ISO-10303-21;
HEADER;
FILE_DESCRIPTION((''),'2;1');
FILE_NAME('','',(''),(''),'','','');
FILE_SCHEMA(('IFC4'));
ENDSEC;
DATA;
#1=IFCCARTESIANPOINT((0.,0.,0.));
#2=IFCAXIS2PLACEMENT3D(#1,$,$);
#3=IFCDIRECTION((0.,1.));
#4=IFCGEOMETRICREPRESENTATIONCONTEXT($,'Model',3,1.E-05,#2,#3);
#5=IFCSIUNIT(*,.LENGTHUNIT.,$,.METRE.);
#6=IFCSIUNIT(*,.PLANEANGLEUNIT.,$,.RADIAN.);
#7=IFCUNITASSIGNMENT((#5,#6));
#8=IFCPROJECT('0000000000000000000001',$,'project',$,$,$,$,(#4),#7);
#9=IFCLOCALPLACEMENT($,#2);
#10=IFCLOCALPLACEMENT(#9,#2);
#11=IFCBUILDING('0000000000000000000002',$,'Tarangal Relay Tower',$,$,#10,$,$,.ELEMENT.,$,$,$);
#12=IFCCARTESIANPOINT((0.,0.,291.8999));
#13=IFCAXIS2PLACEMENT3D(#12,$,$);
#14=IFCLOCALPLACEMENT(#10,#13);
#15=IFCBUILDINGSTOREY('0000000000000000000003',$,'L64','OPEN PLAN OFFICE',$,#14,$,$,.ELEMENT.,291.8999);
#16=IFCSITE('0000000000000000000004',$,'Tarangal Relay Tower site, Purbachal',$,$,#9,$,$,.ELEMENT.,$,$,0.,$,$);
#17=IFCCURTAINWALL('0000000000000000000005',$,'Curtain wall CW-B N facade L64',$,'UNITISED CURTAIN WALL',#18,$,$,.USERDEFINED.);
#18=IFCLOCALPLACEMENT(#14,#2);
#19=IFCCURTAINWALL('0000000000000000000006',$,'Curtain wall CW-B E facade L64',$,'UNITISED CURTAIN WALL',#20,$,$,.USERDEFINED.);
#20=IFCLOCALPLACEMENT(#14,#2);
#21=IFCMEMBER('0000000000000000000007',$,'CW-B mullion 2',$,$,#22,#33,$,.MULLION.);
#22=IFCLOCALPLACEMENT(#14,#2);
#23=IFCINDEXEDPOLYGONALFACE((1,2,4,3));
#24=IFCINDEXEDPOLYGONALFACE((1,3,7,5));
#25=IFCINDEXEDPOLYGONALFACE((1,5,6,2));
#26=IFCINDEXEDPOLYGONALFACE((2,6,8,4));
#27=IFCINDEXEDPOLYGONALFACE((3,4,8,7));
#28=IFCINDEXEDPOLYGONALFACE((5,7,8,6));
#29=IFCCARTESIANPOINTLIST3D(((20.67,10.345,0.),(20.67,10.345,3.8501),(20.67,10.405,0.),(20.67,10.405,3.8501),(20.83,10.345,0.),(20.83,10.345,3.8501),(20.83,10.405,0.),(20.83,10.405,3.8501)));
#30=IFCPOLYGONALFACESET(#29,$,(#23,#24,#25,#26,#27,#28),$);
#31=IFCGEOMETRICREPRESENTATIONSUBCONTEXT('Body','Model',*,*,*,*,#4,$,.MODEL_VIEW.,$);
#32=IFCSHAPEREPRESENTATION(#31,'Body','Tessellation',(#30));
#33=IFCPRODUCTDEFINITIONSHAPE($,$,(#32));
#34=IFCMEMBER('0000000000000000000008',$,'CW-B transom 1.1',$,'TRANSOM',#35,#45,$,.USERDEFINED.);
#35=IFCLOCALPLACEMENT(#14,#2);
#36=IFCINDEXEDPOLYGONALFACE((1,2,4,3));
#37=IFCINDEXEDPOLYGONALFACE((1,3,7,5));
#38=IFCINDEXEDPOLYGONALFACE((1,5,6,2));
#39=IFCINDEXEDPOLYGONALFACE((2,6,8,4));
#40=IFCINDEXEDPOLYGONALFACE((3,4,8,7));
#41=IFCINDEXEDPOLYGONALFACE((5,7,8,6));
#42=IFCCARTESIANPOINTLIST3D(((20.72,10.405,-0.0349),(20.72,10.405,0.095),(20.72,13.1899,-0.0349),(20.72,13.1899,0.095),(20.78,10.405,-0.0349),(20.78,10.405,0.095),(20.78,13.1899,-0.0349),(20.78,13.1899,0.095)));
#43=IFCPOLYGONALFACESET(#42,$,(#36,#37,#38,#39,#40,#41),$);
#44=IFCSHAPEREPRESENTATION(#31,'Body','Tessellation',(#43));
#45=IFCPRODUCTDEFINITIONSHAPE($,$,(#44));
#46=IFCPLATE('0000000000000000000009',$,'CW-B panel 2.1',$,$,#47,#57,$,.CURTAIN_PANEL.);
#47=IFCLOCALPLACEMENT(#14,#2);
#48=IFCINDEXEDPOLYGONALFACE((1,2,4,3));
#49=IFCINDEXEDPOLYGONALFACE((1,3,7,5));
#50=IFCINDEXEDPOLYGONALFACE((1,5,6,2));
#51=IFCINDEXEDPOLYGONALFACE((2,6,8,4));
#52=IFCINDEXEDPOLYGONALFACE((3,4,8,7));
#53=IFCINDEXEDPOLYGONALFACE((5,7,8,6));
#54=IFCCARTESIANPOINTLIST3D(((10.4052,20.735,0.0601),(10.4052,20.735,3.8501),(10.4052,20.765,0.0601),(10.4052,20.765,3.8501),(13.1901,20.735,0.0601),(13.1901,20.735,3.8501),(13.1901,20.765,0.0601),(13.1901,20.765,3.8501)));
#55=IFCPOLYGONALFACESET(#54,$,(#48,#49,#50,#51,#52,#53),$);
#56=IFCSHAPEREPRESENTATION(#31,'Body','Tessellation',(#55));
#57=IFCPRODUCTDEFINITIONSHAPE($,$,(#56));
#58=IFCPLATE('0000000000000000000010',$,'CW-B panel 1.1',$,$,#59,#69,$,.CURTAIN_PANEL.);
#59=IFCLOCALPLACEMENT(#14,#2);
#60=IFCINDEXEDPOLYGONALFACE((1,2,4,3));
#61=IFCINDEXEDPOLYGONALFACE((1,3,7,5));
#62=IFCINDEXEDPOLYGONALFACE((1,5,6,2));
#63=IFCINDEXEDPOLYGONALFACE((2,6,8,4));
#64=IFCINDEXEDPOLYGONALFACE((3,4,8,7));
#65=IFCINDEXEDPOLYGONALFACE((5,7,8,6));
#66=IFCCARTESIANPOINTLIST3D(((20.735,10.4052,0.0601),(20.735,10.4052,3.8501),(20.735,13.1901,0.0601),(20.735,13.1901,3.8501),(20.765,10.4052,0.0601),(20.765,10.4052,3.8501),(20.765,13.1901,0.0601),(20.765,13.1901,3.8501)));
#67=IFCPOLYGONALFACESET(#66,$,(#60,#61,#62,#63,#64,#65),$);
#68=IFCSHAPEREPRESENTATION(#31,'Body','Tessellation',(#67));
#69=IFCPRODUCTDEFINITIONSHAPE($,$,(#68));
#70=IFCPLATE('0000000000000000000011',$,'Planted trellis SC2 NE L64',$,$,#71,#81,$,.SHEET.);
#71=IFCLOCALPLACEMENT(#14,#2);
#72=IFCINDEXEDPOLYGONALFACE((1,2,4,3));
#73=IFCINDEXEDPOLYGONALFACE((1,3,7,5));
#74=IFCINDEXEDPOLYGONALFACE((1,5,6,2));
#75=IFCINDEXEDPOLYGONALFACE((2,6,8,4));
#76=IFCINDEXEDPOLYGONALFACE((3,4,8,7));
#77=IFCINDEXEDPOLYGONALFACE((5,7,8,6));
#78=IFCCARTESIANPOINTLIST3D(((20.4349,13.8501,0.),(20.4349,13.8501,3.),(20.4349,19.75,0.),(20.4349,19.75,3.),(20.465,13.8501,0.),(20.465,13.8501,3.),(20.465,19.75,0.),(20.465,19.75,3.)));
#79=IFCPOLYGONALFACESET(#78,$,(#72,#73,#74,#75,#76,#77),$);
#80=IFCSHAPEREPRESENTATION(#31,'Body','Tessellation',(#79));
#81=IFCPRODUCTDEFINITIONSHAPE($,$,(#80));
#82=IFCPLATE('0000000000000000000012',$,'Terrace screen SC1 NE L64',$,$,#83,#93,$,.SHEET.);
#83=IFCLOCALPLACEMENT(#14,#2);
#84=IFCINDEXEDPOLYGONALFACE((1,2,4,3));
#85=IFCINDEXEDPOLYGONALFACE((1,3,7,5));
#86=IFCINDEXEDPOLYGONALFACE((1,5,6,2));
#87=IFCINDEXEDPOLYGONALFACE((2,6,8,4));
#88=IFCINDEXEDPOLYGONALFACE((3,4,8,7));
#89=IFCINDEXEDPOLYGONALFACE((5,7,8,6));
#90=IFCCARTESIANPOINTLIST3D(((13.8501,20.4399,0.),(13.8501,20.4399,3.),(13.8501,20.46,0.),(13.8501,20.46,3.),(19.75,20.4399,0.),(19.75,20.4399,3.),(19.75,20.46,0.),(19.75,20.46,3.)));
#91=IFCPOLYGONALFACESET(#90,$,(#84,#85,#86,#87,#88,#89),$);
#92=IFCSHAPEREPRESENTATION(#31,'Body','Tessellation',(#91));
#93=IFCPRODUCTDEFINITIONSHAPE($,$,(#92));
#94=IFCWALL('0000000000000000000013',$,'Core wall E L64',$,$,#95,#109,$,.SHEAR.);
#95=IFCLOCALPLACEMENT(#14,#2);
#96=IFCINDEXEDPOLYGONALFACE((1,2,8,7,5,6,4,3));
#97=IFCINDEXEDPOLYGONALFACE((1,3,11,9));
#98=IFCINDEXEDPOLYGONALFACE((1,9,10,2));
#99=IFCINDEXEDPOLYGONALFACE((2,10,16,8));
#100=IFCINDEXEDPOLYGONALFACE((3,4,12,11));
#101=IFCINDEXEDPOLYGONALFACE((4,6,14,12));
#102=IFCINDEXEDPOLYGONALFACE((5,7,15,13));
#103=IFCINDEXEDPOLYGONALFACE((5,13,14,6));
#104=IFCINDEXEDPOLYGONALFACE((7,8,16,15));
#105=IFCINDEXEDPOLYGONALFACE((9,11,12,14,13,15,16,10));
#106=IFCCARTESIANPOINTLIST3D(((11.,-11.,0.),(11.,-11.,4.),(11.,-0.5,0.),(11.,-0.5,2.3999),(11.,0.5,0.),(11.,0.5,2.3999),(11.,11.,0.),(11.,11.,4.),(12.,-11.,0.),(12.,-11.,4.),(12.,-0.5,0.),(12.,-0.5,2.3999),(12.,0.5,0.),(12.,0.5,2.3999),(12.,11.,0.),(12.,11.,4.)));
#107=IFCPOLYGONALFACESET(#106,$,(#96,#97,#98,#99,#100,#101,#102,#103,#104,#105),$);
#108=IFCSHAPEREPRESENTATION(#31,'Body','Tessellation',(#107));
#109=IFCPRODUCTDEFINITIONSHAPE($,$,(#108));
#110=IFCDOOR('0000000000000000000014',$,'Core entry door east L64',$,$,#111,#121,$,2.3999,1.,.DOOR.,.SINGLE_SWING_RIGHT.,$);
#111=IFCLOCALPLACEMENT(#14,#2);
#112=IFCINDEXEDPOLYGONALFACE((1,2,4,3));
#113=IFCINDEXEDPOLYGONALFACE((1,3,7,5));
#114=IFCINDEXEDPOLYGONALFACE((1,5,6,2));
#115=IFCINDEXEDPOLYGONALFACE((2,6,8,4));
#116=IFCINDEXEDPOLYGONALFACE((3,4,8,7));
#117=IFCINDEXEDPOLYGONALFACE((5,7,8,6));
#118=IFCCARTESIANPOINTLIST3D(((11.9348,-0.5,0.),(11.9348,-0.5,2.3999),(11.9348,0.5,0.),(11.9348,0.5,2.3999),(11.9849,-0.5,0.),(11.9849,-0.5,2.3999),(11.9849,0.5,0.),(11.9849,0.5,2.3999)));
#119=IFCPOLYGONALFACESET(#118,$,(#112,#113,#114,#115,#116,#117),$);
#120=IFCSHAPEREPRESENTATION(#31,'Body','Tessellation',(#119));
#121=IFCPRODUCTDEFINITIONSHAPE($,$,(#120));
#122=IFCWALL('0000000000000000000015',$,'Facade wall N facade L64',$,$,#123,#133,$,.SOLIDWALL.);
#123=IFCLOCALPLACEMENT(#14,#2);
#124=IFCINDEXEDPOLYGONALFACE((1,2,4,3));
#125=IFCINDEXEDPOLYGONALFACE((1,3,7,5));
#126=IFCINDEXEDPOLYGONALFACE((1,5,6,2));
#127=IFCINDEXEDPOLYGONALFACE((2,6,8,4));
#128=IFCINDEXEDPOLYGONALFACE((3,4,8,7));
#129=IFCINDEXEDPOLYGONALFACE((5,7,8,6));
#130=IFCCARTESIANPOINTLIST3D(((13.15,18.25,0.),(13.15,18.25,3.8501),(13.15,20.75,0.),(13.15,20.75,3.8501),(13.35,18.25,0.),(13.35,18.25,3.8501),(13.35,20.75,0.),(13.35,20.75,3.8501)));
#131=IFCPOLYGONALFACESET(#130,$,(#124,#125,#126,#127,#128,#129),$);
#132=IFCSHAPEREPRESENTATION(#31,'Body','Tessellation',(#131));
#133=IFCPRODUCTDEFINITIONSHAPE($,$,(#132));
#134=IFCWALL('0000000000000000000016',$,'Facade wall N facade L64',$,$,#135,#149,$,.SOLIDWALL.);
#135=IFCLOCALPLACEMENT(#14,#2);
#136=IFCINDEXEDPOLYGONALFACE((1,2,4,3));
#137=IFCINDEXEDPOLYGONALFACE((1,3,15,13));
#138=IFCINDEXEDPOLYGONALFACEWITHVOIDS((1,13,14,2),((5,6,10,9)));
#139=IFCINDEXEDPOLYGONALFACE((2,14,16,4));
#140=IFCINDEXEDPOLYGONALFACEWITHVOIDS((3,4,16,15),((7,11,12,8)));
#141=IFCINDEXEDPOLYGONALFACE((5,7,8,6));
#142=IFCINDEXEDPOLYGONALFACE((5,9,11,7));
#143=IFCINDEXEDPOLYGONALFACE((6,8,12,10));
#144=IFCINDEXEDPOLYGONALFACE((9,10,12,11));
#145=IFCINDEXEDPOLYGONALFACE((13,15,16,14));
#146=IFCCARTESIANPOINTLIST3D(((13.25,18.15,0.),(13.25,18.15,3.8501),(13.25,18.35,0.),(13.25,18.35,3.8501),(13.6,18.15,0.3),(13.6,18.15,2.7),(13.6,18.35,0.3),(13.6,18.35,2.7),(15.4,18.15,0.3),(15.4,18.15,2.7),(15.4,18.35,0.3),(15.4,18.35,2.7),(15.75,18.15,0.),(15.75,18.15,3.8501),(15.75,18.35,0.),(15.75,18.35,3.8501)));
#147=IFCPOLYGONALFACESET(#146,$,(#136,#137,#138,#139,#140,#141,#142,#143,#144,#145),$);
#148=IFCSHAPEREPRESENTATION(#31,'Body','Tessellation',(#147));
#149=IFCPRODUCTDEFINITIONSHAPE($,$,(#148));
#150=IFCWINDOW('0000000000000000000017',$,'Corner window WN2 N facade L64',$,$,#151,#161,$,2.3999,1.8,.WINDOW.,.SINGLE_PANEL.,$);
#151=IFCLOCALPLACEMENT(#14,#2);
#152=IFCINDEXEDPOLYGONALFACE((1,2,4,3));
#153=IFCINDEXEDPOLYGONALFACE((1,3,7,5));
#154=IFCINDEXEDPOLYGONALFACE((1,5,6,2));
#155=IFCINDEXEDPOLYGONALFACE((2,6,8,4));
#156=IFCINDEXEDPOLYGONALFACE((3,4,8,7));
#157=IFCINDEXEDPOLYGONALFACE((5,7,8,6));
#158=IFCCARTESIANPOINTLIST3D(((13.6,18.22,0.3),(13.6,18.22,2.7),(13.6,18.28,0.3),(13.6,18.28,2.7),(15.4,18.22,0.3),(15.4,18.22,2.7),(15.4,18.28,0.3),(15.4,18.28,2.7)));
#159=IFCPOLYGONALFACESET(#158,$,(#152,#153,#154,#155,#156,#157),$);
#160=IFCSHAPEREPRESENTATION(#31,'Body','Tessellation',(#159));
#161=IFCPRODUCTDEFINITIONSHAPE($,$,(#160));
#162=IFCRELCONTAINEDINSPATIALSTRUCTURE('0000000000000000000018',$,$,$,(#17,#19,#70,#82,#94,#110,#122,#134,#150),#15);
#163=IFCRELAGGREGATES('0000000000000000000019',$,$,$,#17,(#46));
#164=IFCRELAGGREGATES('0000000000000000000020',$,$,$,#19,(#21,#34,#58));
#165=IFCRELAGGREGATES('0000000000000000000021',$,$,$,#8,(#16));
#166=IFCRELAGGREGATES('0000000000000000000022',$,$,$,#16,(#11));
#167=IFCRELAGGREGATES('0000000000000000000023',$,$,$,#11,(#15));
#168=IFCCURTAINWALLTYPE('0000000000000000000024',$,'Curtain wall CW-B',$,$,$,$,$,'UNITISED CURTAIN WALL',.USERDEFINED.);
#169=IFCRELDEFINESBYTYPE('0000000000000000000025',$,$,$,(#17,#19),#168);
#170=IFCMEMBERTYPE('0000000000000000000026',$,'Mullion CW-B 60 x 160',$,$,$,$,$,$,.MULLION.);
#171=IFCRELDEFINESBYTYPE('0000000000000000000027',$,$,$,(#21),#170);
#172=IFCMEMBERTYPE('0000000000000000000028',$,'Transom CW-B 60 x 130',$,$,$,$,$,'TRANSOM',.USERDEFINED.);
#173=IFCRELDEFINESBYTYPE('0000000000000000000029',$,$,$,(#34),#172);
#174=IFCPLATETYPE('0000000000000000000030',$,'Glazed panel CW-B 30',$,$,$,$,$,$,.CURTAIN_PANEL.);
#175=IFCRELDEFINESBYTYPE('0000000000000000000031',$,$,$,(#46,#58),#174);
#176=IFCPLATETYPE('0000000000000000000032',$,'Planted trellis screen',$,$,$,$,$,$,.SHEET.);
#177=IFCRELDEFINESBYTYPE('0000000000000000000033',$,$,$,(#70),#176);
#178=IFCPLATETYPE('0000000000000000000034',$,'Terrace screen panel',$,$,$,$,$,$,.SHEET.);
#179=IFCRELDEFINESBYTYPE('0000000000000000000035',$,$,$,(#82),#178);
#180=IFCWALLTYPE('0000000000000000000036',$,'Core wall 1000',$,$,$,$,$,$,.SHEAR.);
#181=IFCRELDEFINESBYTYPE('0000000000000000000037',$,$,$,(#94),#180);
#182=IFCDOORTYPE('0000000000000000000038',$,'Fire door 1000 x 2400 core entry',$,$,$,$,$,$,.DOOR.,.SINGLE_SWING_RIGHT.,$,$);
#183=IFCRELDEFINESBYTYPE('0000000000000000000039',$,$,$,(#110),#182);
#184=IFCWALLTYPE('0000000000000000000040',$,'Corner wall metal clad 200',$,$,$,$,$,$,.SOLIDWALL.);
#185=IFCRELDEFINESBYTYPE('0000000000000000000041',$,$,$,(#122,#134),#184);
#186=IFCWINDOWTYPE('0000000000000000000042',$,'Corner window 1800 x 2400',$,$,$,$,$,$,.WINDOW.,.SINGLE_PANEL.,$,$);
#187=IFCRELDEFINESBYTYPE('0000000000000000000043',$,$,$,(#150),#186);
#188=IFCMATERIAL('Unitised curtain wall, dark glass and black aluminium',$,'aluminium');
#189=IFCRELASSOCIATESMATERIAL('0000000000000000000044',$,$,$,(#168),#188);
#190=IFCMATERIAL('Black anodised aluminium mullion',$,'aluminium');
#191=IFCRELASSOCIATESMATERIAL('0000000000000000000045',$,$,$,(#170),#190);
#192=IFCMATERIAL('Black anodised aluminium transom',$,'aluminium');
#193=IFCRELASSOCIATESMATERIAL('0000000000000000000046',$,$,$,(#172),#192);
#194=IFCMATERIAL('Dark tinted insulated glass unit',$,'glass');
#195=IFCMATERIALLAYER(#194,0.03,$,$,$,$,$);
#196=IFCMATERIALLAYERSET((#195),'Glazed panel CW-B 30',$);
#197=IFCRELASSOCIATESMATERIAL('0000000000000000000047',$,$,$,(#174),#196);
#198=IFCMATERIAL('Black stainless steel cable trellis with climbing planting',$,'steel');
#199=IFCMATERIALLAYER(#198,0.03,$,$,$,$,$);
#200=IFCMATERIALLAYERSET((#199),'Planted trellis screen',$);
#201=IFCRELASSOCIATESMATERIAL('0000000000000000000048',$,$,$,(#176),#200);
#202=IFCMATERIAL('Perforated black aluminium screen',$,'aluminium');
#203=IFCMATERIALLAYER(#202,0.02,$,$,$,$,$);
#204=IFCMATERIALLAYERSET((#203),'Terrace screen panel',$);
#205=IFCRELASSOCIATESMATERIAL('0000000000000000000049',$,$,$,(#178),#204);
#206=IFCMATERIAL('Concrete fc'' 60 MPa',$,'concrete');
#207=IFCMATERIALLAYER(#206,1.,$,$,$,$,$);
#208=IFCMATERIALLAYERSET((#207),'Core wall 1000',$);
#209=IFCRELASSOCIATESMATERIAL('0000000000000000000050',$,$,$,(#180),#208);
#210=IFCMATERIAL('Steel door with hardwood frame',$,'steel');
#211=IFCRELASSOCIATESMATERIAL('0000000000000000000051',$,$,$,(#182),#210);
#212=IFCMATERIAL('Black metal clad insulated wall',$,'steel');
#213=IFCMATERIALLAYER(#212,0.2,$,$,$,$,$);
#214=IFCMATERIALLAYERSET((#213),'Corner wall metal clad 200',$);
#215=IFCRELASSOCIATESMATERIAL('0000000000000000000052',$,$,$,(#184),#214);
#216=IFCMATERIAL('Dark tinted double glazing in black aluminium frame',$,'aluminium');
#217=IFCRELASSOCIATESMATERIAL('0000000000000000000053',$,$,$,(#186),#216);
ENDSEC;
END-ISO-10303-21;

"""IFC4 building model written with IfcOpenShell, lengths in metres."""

from ifc_helpers import new_model, si_unit, direction, frame, frame_2d, origin, origin_2d, place, context, subcontext, project, spatial, rectangle, extrude, material, layer, layer_set, material_profile, profile_set, type_object, element, fill, aggregate, save


model = new_model("IFC4")

# Units and contexts
model_context = context("Model", 3, precision=1e-05, world=origin(), true_north=direction((0.0, 1.0)))
body_context = subcontext(model_context, "Body", "Model", "MODEL_VIEW")
ifc_project = project(units=[si_unit("LENGTHUNIT", "METRE"), si_unit("PLANEANGLEUNIT", "RADIAN")], contexts=[model_context])

# Site, building, storey
site_placement = place(None, origin())
site = spatial("IfcSite", under=ifc_project, at=site_placement, Name="Tarangal Relay Tower site, Purbachal", CompositionType="ELEMENT", RefElevation=0.0)
building_placement = place(site_placement, origin())
building = spatial("IfcBuilding", under=site, at=building_placement, Name="Tarangal Relay Tower", CompositionType="ELEMENT")
storey_placement = place(building_placement, frame((0.0, 0.0, 291.8999)))
storey = spatial("IfcBuildingStorey", under=building, at=storey_placement, Name="L64", Description="OPEN PLAN OFFICE", CompositionType="ELEMENT", Elevation=291.8999)

# Curtain wall
ifc_material_1 = material(Name="Unitised curtain wall, dark glass and black aluminium", Category="aluminium")
curtain_wall_type = type_object("IfcCurtainWallType", Name="Curtain wall CW-B", ElementType="UNITISED CURTAIN WALL", PredefinedType="USERDEFINED", material=ifc_material_1)
curtain_wall_1_placement = place(storey_placement, origin())
curtain_wall_1 = element("IfcCurtainWall", 1, at=curtain_wall_1_placement, inside=storey, type_object=curtain_wall_type, Name="Curtain wall CW-B N facade L64", ObjectType="UNITISED CURTAIN WALL", PredefinedType="USERDEFINED")
ifc_material_2 = material(Name="Black anodised aluminium mullion", Category="aluminium")
ifc_material_profile_1 = material_profile(ifc_material_2, rectangle(XDim=0.1599, YDim=0.0601, at=origin_2d()), Name="CW-BM 60X160")
ifc_profile_set_1 = profile_set([ifc_material_profile_1], Name="Black anodised aluminium mullion")
member_type_1 = type_object("IfcMemberType", Name="Mullion CW-B 60 x 160", PredefinedType="MULLION", material=ifc_profile_set_1)

# Curtain wall, members
curtain_wall_2_placement = place(storey_placement, origin())
curtain_wall_2 = element("IfcCurtainWall", 2, at=curtain_wall_2_placement, inside=storey, type_object=curtain_wall_type, Name="Curtain wall CW-B E facade L64", ObjectType="UNITISED CURTAIN WALL", PredefinedType="USERDEFINED")
member_1_placement = place(storey_placement, frame((20.75, 10.375, 0.0), z_axis=(0.0, 0.0, 1.0), x_axis=(1.0, 0.0, 0.0)))
member_1 = element("IfcMember", 3, at=member_1_placement, type_object=member_type_1, Name="CW-B mullion 2", PredefinedType="MULLION", context=body_context, shape_type="SweptSolid", body=[
    extrude(rectangle(XDim=0.1599, YDim=0.0601, at=origin_2d()), origin(), (0.0, 0.0, 1.0), 3.8501),
])
ifc_material_3 = material(Name="Black anodised aluminium transom", Category="aluminium")
ifc_material_profile_2 = material_profile(ifc_material_3, rectangle(XDim=0.0601, YDim=0.1299, at=origin_2d()), Name="CW-BT 60X130")
ifc_profile_set_2 = profile_set([ifc_material_profile_2], Name="Black anodised aluminium transom")
member_type_2 = type_object("IfcMemberType", Name="Transom CW-B 60 x 130", ElementType="TRANSOM", PredefinedType="USERDEFINED", material=ifc_profile_set_2)
member_2_placement = place(storey_placement, frame((20.75, 13.1899, 0.03), z_axis=(0.0, -1.0, 0.0), x_axis=(1.0, 0.0, 0.0)))
member_2 = element("IfcMember", 4, at=member_2_placement, type_object=member_type_2, Name="CW-B transom 1.1", ObjectType="TRANSOM", PredefinedType="USERDEFINED", context=body_context, shape_type="SweptSolid", body=[
    extrude(rectangle(XDim=0.0601, YDim=0.1299, at=origin_2d()), origin(), (0.0, 0.0, 1.0), 2.7849),
])

# Plates
ifc_material_4 = material(Name="Dark tinted insulated glass unit", Category="glass")
ifc_layer_1 = layer(ifc_material_4, 0.03)
ifc_layer_set_1 = layer_set([ifc_layer_1], Name="Glazed panel CW-B 30")
plate_type_1 = type_object("IfcPlateType", Name="Glazed panel CW-B 30", PredefinedType="CURTAIN_PANEL", material=ifc_layer_set_1)
plate_1_placement = place(storey_placement, frame((11.7976, 20.75, 0.0601), z_axis=(0.0, 0.0, 1.0), x_axis=(1.0, 0.0, 0.0)))
plate_1 = element("IfcPlate", 5, at=plate_1_placement, type_object=plate_type_1, Name="CW-B panel 2.1", PredefinedType="CURTAIN_PANEL", context=body_context, shape_type="SweptSolid", body=[
    extrude(rectangle(XDim=2.7849, YDim=0.03, at=origin_2d()), origin(), (0.0, 0.0, 1.0), 3.79),
])
aggregate(curtain_wall_1, [plate_1])
plate_2_placement = place(storey_placement, frame((20.75, 11.7976, 0.0601), z_axis=(0.0, 0.0, 1.0), x_axis=(0.0, -1.0, 0.0)))
plate_2 = element("IfcPlate", 6, at=plate_2_placement, type_object=plate_type_1, Name="CW-B panel 1.1", PredefinedType="CURTAIN_PANEL", context=body_context, shape_type="SweptSolid", body=[
    extrude(rectangle(XDim=2.7849, YDim=0.03, at=origin_2d()), origin(), (0.0, 0.0, 1.0), 3.79),
])
aggregate(curtain_wall_2, [member_1, member_2, plate_2])

# Plates
ifc_material_5 = material(Name="Black stainless steel cable trellis with climbing planting", Category="steel")
ifc_layer_2 = layer(ifc_material_5, 0.03)
ifc_layer_set_2 = layer_set([ifc_layer_2], Name="Planted trellis screen")
plate_type_2 = type_object("IfcPlateType", Name="Planted trellis screen", PredefinedType="SHEET", material=ifc_layer_set_2)
plate_3_placement = place(storey_placement, frame((20.45, 16.8, 0.0), z_axis=(0.0, 0.0, 1.0), x_axis=(0.0, -1.0, 0.0)))
element("IfcPlate", 7, at=plate_3_placement, inside=storey, type_object=plate_type_2, Name="Planted trellis SC2 NE L64", PredefinedType="SHEET", context=body_context, shape_type="SweptSolid", body=[
    extrude(rectangle(XDim=5.8999, YDim=0.03, at=origin_2d()), origin(), (0.0, 0.0, 1.0), 3.0),
])
ifc_material_6 = material(Name="Perforated black aluminium screen", Category="aluminium")
ifc_layer_3 = layer(ifc_material_6, 0.02)
ifc_layer_set_3 = layer_set([ifc_layer_3], Name="Terrace screen panel")
plate_type_3 = type_object("IfcPlateType", Name="Terrace screen panel", PredefinedType="SHEET", material=ifc_layer_set_3)
plate_4_placement = place(storey_placement, frame((16.8, 20.45, 0.0), z_axis=(0.0, 0.0, 1.0), x_axis=(1.0, 0.0, 0.0)))
element("IfcPlate", 8, at=plate_4_placement, inside=storey, type_object=plate_type_3, Name="Terrace screen SC1 NE L64", PredefinedType="SHEET", context=body_context, shape_type="SweptSolid", body=[
    extrude(rectangle(XDim=5.8999, YDim=0.02, at=origin_2d()), origin(), (0.0, 0.0, 1.0), 3.0),
])

# Wall, opening, door
ifc_material_7 = material(Name="Concrete fc' 60 MPa", Category="concrete")
ifc_layer_4 = layer(ifc_material_7, 1.0)
ifc_layer_set_4 = layer_set([ifc_layer_4], Name="Core wall 1000")
wall_type_1 = type_object("IfcWallType", Name="Core wall 1000", PredefinedType="SHEAR", material=ifc_layer_set_4)
wall_1_placement = place(storey_placement, frame((11.5, 11.0, 0.0), z_axis=(0.0, 0.0, 1.0), x_axis=(0.0, -1.0, 0.0)))
wall_1 = element("IfcWall", 9, at=wall_1_placement, inside=storey, type_object=wall_type_1, Name="Core wall E L64", PredefinedType="SHEAR", context=body_context, shape_type="SweptSolid", body=[
    extrude(rectangle(XDim=22.0, YDim=1.0, at=frame_2d((11.0, 0.0))), origin(), (0.0, 0.0, 1.0), 4.0),
])
opening_1_placement = place(wall_1_placement, frame((10.5, 0.0, 0.0)))
opening_1 = element("IfcOpeningElement", 10, at=opening_1_placement, cuts=wall_1, PredefinedType="OPENING", context=body_context, shape_type="SweptSolid", body=[
    extrude(rectangle(XDim=1.0, YDim=2.3999, at=frame_2d((0.5, 1.2))), frame((0.0, 0.51, 0.0), z_axis=(0.0, -1.0, 0.0), x_axis=(1.0, 0.0, 0.0)), (0.0, 0.0, 1.0), 1.02),
])
ifc_material_8 = material(Name="Steel door with hardwood frame", Category="steel")
door_type_1 = type_object("IfcDoorType", Name="Fire door 1000 x 2400 core entry", OperationType="SINGLE_SWING_RIGHT", PredefinedType="DOOR", material=ifc_material_8)
door_1_placement = place(opening_1_placement, origin())
door_1 = element("IfcDoor", 11, at=door_1_placement, inside=storey, type_object=door_type_1, Name="Core entry door east L64", OperationType="SINGLE_SWING_RIGHT", OverallHeight=2.3999, OverallWidth=1.0, PredefinedType="DOOR", context=body_context, shape_type="SweptSolid", body=[
    extrude(rectangle(XDim=1.0, YDim=2.3999, at=frame_2d((0.5, 1.2))), frame((0.0, 0.4849, 0.0), z_axis=(0.0, -1.0, 0.0), x_axis=(1.0, 0.0, 0.0)), (0.0, 0.0, 1.0), 0.05),
])
fill(opening_1, door_1)

# Wall
ifc_material_9 = material(Name="Black metal clad insulated wall", Category="steel")
ifc_layer_5 = layer(ifc_material_9, 0.2)
ifc_layer_set_5 = layer_set([ifc_layer_5], Name="Corner wall metal clad 200")
wall_type_2 = type_object("IfcWallType", Name="Corner wall metal clad 200", PredefinedType="SOLIDWALL", material=ifc_layer_set_5)
wall_2_placement = place(storey_placement, frame((13.25, 20.75, 0.0), z_axis=(0.0, 0.0, 1.0), x_axis=(0.0, -1.0, 0.0)))
element("IfcWall", 12, at=wall_2_placement, inside=storey, type_object=wall_type_2, Name="Facade wall N facade L64", PredefinedType="SOLIDWALL", context=body_context, shape_type="SweptSolid", body=[
    extrude(rectangle(XDim=2.5, YDim=0.2, at=frame_2d((1.25, 0.0))), origin(), (0.0, 0.0, 1.0), 3.8501),
])

# Wall, opening, window
wall_3_placement = place(storey_placement, frame((13.25, 18.25, 0.0), z_axis=(0.0, 0.0, 1.0), x_axis=(1.0, 0.0, 0.0)))
wall_3 = element("IfcWall", 13, at=wall_3_placement, inside=storey, type_object=wall_type_2, Name="Facade wall N facade L64", PredefinedType="SOLIDWALL", context=body_context, shape_type="SweptSolid", body=[
    extrude(rectangle(XDim=2.5, YDim=0.2, at=frame_2d((1.25, 0.0))), origin(), (0.0, 0.0, 1.0), 3.8501),
])
opening_2_placement = place(wall_3_placement, frame((0.3501, 0.0, 0.3)))
opening_2 = element("IfcOpeningElement", 14, at=opening_2_placement, cuts=wall_3, PredefinedType="OPENING", context=body_context, shape_type="SweptSolid", body=[
    extrude(rectangle(XDim=1.8, YDim=2.3999, at=frame_2d((0.8999, 1.2))), frame((0.0, 0.1099, 0.0), z_axis=(0.0, -1.0, 0.0), x_axis=(1.0, 0.0, 0.0)), (0.0, 0.0, 1.0), 0.22),
])
ifc_material_10 = material(Name="Dark tinted double glazing in black aluminium frame", Category="aluminium")
window_type = type_object("IfcWindowType", Name="Corner window 1800 x 2400", PartitioningType="SINGLE_PANEL", PredefinedType="WINDOW", material=ifc_material_10)
window_1_placement = place(opening_2_placement, origin())
window_1 = element("IfcWindow", 15, at=window_1_placement, inside=storey, type_object=window_type, Name="Corner window WN2 N facade L64", OverallHeight=2.3999, OverallWidth=1.8, PartitioningType="SINGLE_PANEL", PredefinedType="WINDOW", context=body_context, shape_type="SweptSolid", body=[
    extrude(rectangle(XDim=1.8, YDim=2.3999, at=frame_2d((0.8999, 1.2))), frame((0.0, 0.03, 0.0), z_axis=(0.0, -1.0, 0.0), x_axis=(1.0, 0.0, 0.0)), (0.0, 0.0, 1.0), 0.0601),
])
fill(opening_2, window_1)

save(model, "model.ifc")
